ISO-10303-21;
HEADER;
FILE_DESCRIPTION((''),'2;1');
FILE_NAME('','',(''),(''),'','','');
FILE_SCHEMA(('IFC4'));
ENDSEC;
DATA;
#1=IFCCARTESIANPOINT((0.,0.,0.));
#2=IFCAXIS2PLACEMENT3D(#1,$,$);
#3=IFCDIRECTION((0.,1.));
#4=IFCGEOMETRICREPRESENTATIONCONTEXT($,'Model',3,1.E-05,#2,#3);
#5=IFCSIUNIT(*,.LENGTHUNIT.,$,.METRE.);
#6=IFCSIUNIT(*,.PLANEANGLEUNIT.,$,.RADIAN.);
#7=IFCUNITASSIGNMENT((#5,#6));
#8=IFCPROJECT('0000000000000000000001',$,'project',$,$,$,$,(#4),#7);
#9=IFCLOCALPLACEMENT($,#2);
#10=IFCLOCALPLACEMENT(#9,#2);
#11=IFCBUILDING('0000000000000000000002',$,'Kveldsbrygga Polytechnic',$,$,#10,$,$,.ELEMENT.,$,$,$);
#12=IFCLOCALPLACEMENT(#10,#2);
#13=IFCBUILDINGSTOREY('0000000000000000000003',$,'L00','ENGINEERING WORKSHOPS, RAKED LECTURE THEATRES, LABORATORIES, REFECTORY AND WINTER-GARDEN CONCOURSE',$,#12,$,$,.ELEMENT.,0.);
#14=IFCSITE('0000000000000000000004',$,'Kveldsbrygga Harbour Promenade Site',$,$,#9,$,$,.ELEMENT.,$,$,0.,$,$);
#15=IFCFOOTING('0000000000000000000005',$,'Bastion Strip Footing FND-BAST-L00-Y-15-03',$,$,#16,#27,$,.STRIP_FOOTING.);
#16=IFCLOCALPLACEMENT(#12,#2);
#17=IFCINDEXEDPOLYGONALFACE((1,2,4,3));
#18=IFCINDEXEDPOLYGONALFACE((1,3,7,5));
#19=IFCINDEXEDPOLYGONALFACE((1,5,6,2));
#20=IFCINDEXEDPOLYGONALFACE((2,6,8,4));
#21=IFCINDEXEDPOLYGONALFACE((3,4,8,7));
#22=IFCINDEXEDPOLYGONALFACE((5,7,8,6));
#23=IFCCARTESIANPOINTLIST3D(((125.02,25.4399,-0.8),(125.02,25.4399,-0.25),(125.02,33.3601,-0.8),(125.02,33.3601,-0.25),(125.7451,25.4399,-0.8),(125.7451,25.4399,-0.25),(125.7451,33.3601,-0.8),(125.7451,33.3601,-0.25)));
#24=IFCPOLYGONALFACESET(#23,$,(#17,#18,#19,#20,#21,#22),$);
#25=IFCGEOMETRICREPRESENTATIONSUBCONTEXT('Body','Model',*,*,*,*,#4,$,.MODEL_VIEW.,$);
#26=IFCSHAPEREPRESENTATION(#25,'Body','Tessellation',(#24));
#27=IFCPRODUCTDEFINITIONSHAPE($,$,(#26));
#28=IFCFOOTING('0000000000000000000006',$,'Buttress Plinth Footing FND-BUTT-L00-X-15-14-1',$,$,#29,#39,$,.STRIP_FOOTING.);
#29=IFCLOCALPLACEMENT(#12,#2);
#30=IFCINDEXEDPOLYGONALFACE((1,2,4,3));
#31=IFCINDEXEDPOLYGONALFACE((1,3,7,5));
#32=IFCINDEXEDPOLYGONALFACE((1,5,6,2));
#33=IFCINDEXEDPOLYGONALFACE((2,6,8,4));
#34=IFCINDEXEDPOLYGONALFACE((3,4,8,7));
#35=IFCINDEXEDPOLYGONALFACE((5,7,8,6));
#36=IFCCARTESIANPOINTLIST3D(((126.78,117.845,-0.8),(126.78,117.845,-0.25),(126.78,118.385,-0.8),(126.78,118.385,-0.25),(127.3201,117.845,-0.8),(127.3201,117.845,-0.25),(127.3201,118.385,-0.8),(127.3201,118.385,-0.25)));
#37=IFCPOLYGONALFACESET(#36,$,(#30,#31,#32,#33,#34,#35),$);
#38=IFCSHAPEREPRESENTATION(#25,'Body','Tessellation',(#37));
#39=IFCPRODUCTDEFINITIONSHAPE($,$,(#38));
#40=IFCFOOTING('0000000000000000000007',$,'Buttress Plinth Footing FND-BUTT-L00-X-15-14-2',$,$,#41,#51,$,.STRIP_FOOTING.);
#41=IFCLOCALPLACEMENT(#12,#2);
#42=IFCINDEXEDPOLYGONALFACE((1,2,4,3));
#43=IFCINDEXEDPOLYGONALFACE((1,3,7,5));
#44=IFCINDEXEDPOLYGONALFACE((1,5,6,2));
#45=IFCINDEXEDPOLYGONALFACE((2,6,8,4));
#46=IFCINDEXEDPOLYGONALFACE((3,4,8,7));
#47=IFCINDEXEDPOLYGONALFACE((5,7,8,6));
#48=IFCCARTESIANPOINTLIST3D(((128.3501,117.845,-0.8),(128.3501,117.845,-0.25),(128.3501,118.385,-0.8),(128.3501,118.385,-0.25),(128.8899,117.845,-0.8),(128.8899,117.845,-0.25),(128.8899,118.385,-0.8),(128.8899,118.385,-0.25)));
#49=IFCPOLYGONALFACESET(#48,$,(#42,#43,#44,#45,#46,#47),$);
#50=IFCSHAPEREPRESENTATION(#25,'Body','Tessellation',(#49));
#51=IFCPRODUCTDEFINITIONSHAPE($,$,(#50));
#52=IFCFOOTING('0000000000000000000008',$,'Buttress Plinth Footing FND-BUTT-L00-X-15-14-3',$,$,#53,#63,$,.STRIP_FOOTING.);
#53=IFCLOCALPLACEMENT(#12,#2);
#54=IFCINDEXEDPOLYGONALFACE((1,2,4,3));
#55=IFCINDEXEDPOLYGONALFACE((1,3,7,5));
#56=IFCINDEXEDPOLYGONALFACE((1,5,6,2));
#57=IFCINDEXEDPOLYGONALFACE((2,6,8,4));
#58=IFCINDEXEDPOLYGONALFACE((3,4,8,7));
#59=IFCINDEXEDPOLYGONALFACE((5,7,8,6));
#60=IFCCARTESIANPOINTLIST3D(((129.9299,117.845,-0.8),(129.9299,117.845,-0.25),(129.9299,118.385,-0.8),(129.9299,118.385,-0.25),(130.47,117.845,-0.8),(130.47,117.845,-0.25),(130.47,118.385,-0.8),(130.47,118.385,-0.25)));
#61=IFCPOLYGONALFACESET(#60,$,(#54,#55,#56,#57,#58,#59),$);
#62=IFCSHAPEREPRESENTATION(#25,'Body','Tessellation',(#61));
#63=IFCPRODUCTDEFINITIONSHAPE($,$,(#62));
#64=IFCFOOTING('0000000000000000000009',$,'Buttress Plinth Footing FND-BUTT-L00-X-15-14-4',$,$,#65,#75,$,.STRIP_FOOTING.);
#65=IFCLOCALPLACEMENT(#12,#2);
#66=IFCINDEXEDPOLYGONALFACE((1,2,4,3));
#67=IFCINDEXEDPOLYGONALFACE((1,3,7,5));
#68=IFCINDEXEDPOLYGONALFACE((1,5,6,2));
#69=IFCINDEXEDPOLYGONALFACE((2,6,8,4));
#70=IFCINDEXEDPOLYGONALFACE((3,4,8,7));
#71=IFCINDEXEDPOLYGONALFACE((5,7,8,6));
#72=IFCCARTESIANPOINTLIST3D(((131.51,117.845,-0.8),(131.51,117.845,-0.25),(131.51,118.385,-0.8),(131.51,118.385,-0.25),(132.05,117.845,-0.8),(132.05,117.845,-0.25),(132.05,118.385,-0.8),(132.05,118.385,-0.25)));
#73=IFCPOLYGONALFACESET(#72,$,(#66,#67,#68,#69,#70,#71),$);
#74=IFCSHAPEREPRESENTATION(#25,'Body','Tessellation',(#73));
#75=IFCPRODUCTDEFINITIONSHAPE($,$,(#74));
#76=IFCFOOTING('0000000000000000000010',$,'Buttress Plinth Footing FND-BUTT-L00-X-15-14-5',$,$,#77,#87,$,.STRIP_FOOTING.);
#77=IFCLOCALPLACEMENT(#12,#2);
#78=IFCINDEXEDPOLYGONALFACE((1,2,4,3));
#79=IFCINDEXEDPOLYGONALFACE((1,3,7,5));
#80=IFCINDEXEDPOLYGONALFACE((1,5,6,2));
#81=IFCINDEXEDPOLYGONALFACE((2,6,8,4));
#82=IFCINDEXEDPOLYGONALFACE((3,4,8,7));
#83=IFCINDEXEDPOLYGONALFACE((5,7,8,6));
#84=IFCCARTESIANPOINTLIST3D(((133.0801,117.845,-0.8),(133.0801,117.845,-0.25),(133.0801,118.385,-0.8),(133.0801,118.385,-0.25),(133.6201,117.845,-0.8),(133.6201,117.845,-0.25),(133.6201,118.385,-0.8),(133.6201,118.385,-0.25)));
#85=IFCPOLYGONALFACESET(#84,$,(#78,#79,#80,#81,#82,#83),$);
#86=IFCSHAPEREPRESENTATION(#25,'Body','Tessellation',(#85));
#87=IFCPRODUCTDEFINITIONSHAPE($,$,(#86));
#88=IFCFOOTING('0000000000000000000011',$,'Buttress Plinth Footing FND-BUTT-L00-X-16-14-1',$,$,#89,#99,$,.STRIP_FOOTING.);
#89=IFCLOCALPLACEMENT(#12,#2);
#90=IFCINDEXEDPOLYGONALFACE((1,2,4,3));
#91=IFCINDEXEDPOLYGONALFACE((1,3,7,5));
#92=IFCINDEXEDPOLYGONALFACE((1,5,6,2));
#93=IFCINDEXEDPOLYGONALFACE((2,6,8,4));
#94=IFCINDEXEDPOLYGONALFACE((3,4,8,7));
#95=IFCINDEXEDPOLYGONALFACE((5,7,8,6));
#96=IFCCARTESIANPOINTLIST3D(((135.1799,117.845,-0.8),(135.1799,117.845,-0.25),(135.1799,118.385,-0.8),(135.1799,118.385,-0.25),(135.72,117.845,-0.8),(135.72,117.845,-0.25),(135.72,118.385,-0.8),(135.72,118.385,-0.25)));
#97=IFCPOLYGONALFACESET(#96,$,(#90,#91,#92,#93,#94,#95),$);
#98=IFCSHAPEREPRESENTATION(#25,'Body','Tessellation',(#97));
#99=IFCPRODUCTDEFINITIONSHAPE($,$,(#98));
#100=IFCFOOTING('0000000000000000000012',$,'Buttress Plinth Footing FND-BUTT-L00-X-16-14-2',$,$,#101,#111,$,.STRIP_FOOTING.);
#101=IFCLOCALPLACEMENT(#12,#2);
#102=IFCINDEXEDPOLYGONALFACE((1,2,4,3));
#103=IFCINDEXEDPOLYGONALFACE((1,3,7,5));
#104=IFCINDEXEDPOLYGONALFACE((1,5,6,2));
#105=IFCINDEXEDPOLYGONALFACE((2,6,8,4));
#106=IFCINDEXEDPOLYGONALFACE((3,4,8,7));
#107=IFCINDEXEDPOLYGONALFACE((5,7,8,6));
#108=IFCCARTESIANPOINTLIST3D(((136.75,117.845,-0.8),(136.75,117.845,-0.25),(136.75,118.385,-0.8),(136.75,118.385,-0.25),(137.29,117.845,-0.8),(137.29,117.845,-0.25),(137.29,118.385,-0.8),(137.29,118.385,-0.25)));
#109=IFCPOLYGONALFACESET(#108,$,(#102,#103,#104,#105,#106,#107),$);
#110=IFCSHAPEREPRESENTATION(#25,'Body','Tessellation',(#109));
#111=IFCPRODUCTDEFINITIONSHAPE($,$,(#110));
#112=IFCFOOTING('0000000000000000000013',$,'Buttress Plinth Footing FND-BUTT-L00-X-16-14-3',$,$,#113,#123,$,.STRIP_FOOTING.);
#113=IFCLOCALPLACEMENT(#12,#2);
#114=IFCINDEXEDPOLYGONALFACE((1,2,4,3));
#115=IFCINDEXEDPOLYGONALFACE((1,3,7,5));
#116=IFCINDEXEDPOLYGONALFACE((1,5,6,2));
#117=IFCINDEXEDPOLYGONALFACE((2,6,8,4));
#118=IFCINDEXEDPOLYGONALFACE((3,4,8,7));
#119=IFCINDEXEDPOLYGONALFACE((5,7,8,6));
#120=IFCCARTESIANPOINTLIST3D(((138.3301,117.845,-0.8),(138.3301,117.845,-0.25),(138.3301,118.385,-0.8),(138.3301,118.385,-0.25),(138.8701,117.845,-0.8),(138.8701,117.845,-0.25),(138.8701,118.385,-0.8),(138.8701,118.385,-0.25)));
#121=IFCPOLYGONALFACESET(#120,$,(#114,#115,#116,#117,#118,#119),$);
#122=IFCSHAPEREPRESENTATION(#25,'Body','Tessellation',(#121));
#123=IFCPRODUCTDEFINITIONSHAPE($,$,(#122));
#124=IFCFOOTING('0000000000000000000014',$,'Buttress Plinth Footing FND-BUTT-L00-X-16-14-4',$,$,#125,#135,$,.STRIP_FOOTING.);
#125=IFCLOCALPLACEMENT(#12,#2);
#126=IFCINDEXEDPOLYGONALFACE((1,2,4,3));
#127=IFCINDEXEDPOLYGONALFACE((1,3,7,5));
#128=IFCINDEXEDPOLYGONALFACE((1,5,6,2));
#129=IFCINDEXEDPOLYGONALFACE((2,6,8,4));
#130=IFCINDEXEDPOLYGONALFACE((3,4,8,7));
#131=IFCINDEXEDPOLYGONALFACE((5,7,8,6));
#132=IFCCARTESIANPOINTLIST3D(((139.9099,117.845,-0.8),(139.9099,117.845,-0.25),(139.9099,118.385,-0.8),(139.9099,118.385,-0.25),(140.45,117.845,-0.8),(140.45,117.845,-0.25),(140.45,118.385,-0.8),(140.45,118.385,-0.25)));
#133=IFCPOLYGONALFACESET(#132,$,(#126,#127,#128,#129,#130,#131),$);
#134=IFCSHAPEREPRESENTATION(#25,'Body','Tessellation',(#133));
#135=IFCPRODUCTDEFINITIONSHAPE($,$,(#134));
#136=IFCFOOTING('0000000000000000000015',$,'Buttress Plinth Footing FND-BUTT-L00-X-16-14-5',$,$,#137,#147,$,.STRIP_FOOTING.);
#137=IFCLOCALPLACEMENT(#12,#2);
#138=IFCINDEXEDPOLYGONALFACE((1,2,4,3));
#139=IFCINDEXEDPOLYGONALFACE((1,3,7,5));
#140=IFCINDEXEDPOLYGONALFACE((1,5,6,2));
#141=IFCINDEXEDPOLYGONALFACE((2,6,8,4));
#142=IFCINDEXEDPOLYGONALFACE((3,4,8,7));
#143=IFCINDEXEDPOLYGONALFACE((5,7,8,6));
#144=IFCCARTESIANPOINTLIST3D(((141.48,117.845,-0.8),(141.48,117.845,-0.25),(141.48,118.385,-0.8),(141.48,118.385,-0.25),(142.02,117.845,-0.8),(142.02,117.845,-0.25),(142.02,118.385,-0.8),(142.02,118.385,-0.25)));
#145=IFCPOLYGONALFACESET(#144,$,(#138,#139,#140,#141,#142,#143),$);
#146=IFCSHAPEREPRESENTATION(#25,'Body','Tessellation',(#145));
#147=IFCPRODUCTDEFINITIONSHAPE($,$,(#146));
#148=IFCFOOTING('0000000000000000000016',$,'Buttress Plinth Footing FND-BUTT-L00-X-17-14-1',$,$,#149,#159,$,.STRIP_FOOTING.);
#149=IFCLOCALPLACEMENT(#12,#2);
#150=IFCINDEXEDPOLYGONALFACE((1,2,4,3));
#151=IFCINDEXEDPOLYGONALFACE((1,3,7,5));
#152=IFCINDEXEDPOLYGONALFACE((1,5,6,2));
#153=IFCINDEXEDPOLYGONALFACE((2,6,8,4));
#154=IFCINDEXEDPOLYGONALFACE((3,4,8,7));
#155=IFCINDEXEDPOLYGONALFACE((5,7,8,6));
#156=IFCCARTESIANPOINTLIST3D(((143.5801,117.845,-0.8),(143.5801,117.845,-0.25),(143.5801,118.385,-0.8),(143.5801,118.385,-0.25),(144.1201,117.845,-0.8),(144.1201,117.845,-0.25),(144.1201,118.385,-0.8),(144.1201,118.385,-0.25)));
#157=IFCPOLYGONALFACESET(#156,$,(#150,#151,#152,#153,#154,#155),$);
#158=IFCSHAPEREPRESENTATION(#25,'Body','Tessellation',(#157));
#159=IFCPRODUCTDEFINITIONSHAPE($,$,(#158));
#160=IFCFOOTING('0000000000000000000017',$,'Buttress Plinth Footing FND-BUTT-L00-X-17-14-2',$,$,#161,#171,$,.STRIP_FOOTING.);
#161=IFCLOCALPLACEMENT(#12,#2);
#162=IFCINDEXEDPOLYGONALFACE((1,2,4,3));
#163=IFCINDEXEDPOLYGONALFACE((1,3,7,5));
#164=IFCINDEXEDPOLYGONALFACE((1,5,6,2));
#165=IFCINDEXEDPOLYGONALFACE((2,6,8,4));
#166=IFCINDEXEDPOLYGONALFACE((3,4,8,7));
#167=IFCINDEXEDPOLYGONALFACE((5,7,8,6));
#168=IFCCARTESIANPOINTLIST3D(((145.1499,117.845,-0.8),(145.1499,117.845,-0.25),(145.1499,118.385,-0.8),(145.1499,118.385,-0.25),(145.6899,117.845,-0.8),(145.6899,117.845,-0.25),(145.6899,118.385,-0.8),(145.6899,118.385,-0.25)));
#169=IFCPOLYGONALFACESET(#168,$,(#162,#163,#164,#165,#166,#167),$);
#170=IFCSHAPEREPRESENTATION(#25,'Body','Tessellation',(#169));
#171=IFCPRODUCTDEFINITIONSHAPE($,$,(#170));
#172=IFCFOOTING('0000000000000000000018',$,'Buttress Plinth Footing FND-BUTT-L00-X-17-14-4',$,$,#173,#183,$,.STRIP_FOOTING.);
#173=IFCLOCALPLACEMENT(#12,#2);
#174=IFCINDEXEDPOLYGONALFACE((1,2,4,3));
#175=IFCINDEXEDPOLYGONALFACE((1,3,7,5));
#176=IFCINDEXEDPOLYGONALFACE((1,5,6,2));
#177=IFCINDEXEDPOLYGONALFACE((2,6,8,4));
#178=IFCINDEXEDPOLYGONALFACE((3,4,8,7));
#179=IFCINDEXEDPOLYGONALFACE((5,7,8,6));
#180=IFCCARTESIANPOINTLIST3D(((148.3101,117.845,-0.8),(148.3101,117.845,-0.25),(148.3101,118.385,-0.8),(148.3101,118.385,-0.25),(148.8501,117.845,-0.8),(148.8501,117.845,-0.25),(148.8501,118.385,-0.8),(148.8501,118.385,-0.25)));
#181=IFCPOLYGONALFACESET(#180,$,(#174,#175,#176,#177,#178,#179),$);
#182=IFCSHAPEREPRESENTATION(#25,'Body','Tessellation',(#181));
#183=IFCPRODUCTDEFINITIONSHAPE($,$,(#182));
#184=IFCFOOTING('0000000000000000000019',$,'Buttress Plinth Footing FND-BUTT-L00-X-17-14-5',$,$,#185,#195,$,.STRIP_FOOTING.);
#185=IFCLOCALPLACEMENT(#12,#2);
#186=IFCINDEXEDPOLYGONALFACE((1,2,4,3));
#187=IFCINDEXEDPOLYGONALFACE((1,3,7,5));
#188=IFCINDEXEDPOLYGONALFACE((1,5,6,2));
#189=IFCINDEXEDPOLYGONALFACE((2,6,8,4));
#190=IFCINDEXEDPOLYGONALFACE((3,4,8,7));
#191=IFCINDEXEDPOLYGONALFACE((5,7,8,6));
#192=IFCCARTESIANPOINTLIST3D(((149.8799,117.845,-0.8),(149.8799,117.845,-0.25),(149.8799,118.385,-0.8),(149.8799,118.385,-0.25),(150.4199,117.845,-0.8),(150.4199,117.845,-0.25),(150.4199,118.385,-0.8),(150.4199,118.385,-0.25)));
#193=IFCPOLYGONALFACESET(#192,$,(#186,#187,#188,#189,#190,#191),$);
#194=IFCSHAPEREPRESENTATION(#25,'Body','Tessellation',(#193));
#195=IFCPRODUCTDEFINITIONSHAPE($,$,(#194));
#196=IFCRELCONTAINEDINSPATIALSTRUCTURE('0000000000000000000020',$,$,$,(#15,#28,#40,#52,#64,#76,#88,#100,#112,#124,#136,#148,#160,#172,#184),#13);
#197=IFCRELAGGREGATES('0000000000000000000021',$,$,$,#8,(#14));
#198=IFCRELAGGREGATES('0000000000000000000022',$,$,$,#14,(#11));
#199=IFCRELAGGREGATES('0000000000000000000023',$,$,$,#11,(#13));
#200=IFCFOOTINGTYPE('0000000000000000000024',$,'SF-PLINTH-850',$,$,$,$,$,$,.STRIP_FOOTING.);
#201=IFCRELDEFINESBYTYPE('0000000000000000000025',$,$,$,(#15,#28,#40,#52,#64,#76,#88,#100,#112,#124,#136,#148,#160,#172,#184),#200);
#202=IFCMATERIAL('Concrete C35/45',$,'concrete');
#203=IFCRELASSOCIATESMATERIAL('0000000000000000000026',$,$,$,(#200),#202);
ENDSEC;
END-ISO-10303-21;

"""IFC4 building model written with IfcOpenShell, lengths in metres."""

from ifc_helpers import new_model, si_unit, direction, frame, origin, place, context, subcontext, project, spatial, polyline, outline, extrude, material, type_object, element, save


model = new_model("IFC4")

# Units and contexts
model_context = context("Model", 3, precision=1e-05, world=origin(), true_north=direction((0.0, 1.0)))
body_context = subcontext(model_context, "Body", "Model", "MODEL_VIEW")
ifc_project = project(units=[si_unit("LENGTHUNIT", "METRE"), si_unit("PLANEANGLEUNIT", "RADIAN")], contexts=[model_context])

# Site, building, storey
site_placement = place(None, origin())
site = spatial("IfcSite", under=ifc_project, at=site_placement, Name="Kveldsbrygga Harbour Promenade Site", CompositionType="ELEMENT", RefElevation=0.0)
building_placement = place(site_placement, origin())
building = spatial("IfcBuilding", under=site, at=building_placement, Name="Kveldsbrygga Polytechnic", CompositionType="ELEMENT")
storey_placement = place(building_placement, origin())
storey = spatial("IfcBuildingStorey", under=building, at=storey_placement, Name="L00", Description="ENGINEERING WORKSHOPS, RAKED LECTURE THEATRES, LABORATORIES, REFECTORY AND WINTER-GARDEN CONCOURSE", CompositionType="ELEMENT", Elevation=0.0)

# Footings
ifc_material = material(Name="Concrete C35/45", Category="concrete")
footing_type = type_object("IfcFootingType", Name="SF-PLINTH-850", PredefinedType="STRIP_FOOTING", material=ifc_material)
footing_1_placement = place(storey_placement, frame((0.0, 0.0, -0.8)))
element("IfcFooting", 1, at=footing_1_placement, inside=storey, type_object=footing_type, Name="Bastion Strip Footing FND-BAST-L00-Y-15-03", PredefinedType="STRIP_FOOTING", context=body_context, shape_type="SweptSolid", body=[
    extrude(outline(polyline([(125.02, 25.4399), (125.7451, 25.4399), (125.7451, 33.3601), (125.02, 33.3601), (125.02, 25.4399)])), origin(), (0.0, 0.0, 1.0), 0.55),
])
footing_2_placement = place(storey_placement, frame((0.0, 0.0, -0.8)))
element("IfcFooting", 2, at=footing_2_placement, inside=storey, type_object=footing_type, Name="Buttress Plinth Footing FND-BUTT-L00-X-15-14-1", PredefinedType="STRIP_FOOTING", context=body_context, shape_type="SweptSolid", body=[
    extrude(outline(polyline([(126.78, 117.845), (127.3201, 117.845), (127.3201, 118.385), (126.78, 118.385), (126.78, 117.845)])), origin(), (0.0, 0.0, 1.0), 0.55),
])
footing_3_placement = place(storey_placement, frame((0.0, 0.0, -0.8)))
element("IfcFooting", 3, at=footing_3_placement, inside=storey, type_object=footing_type, Name="Buttress Plinth Footing FND-BUTT-L00-X-15-14-2", PredefinedType="STRIP_FOOTING", context=body_context, shape_type="SweptSolid", body=[
    extrude(outline(polyline([(128.3501, 117.845), (128.8899, 117.845), (128.8899, 118.385), (128.3501, 118.385), (128.3501, 117.845)])), origin(), (0.0, 0.0, 1.0), 0.55),
])
footing_4_placement = place(storey_placement, frame((0.0, 0.0, -0.8)))
element("IfcFooting", 4, at=footing_4_placement, inside=storey, type_object=footing_type, Name="Buttress Plinth Footing FND-BUTT-L00-X-15-14-3", PredefinedType="STRIP_FOOTING", context=body_context, shape_type="SweptSolid", body=[
    extrude(outline(polyline([(129.9299, 117.845), (130.47, 117.845), (130.47, 118.385), (129.9299, 118.385), (129.9299, 117.845)])), origin(), (0.0, 0.0, 1.0), 0.55),
])
footing_5_placement = place(storey_placement, frame((0.0, 0.0, -0.8)))
element("IfcFooting", 5, at=footing_5_placement, inside=storey, type_object=footing_type, Name="Buttress Plinth Footing FND-BUTT-L00-X-15-14-4", PredefinedType="STRIP_FOOTING", context=body_context, shape_type="SweptSolid", body=[
    extrude(outline(polyline([(131.51, 117.845), (132.05, 117.845), (132.05, 118.385), (131.51, 118.385), (131.51, 117.845)])), origin(), (0.0, 0.0, 1.0), 0.55),
])
footing_6_placement = place(storey_placement, frame((0.0, 0.0, -0.8)))
element("IfcFooting", 6, at=footing_6_placement, inside=storey, type_object=footing_type, Name="Buttress Plinth Footing FND-BUTT-L00-X-15-14-5", PredefinedType="STRIP_FOOTING", context=body_context, shape_type="SweptSolid", body=[
    extrude(outline(polyline([(133.0801, 117.845), (133.6201, 117.845), (133.6201, 118.385), (133.0801, 118.385), (133.0801, 117.845)])), origin(), (0.0, 0.0, 1.0), 0.55),
])
footing_7_placement = place(storey_placement, frame((0.0, 0.0, -0.8)))
element("IfcFooting", 7, at=footing_7_placement, inside=storey, type_object=footing_type, Name="Buttress Plinth Footing FND-BUTT-L00-X-16-14-1", PredefinedType="STRIP_FOOTING", context=body_context, shape_type="SweptSolid", body=[
    extrude(outline(polyline([(135.1799, 117.845), (135.72, 117.845), (135.72, 118.385), (135.1799, 118.385), (135.1799, 117.845)])), origin(), (0.0, 0.0, 1.0), 0.55),
])
footing_8_placement = place(storey_placement, frame((0.0, 0.0, -0.8)))
element("IfcFooting", 8, at=footing_8_placement, inside=storey, type_object=footing_type, Name="Buttress Plinth Footing FND-BUTT-L00-X-16-14-2", PredefinedType="STRIP_FOOTING", context=body_context, shape_type="SweptSolid", body=[
    extrude(outline(polyline([(136.75, 117.845), (137.29, 117.845), (137.29, 118.385), (136.75, 118.385), (136.75, 117.845)])), origin(), (0.0, 0.0, 1.0), 0.55),
])
footing_9_placement = place(storey_placement, frame((0.0, 0.0, -0.8)))
element("IfcFooting", 9, at=footing_9_placement, inside=storey, type_object=footing_type, Name="Buttress Plinth Footing FND-BUTT-L00-X-16-14-3", PredefinedType="STRIP_FOOTING", context=body_context, shape_type="SweptSolid", body=[
    extrude(outline(polyline([(138.3301, 117.845), (138.8701, 117.845), (138.8701, 118.385), (138.3301, 118.385), (138.3301, 117.845)])), origin(), (0.0, 0.0, 1.0), 0.55),
])
footing_10_placement = place(storey_placement, frame((0.0, 0.0, -0.8)))
element("IfcFooting", 10, at=footing_10_placement, inside=storey, type_object=footing_type, Name="Buttress Plinth Footing FND-BUTT-L00-X-16-14-4", PredefinedType="STRIP_FOOTING", context=body_context, shape_type="SweptSolid", body=[
    extrude(outline(polyline([(139.9099, 117.845), (140.45, 117.845), (140.45, 118.385), (139.9099, 118.385), (139.9099, 117.845)])), origin(), (0.0, 0.0, 1.0), 0.55),
])
footing_11_placement = place(storey_placement, frame((0.0, 0.0, -0.8)))
element("IfcFooting", 11, at=footing_11_placement, inside=storey, type_object=footing_type, Name="Buttress Plinth Footing FND-BUTT-L00-X-16-14-5", PredefinedType="STRIP_FOOTING", context=body_context, shape_type="SweptSolid", body=[
    extrude(outline(polyline([(141.48, 117.845), (142.02, 117.845), (142.02, 118.385), (141.48, 118.385), (141.48, 117.845)])), origin(), (0.0, 0.0, 1.0), 0.55),
])
footing_12_placement = place(storey_placement, frame((0.0, 0.0, -0.8)))
element("IfcFooting", 12, at=footing_12_placement, inside=storey, type_object=footing_type, Name="Buttress Plinth Footing FND-BUTT-L00-X-17-14-1", PredefinedType="STRIP_FOOTING", context=body_context, shape_type="SweptSolid", body=[
    extrude(outline(polyline([(143.5801, 117.845), (144.1201, 117.845), (144.1201, 118.385), (143.5801, 118.385), (143.5801, 117.845)])), origin(), (0.0, 0.0, 1.0), 0.55),
])
footing_13_placement = place(storey_placement, frame((0.0, 0.0, -0.8)))
element("IfcFooting", 13, at=footing_13_placement, inside=storey, type_object=footing_type, Name="Buttress Plinth Footing FND-BUTT-L00-X-17-14-2", PredefinedType="STRIP_FOOTING", context=body_context, shape_type="SweptSolid", body=[
    extrude(outline(polyline([(145.1499, 117.845), (145.6899, 117.845), (145.6899, 118.385), (145.1499, 118.385), (145.1499, 117.845)])), origin(), (0.0, 0.0, 1.0), 0.55),
])
footing_14_placement = place(storey_placement, frame((0.0, 0.0, -0.8)))
element("IfcFooting", 14, at=footing_14_placement, inside=storey, type_object=footing_type, Name="Buttress Plinth Footing FND-BUTT-L00-X-17-14-4", PredefinedType="STRIP_FOOTING", context=body_context, shape_type="SweptSolid", body=[
    extrude(outline(polyline([(148.3101, 117.845), (148.8501, 117.845), (148.8501, 118.385), (148.3101, 118.385), (148.3101, 117.845)])), origin(), (0.0, 0.0, 1.0), 0.55),
])
footing_15_placement = place(storey_placement, frame((0.0, 0.0, -0.8)))
element("IfcFooting", 15, at=footing_15_placement, inside=storey, type_object=footing_type, Name="Buttress Plinth Footing FND-BUTT-L00-X-17-14-5", PredefinedType="STRIP_FOOTING", context=body_context, shape_type="SweptSolid", body=[
    extrude(outline(polyline([(149.8799, 117.845), (150.4199, 117.845), (150.4199, 118.385), (149.8799, 118.385), (149.8799, 117.845)])), origin(), (0.0, 0.0, 1.0), 0.55),
])

save(model, "model.ifc")
